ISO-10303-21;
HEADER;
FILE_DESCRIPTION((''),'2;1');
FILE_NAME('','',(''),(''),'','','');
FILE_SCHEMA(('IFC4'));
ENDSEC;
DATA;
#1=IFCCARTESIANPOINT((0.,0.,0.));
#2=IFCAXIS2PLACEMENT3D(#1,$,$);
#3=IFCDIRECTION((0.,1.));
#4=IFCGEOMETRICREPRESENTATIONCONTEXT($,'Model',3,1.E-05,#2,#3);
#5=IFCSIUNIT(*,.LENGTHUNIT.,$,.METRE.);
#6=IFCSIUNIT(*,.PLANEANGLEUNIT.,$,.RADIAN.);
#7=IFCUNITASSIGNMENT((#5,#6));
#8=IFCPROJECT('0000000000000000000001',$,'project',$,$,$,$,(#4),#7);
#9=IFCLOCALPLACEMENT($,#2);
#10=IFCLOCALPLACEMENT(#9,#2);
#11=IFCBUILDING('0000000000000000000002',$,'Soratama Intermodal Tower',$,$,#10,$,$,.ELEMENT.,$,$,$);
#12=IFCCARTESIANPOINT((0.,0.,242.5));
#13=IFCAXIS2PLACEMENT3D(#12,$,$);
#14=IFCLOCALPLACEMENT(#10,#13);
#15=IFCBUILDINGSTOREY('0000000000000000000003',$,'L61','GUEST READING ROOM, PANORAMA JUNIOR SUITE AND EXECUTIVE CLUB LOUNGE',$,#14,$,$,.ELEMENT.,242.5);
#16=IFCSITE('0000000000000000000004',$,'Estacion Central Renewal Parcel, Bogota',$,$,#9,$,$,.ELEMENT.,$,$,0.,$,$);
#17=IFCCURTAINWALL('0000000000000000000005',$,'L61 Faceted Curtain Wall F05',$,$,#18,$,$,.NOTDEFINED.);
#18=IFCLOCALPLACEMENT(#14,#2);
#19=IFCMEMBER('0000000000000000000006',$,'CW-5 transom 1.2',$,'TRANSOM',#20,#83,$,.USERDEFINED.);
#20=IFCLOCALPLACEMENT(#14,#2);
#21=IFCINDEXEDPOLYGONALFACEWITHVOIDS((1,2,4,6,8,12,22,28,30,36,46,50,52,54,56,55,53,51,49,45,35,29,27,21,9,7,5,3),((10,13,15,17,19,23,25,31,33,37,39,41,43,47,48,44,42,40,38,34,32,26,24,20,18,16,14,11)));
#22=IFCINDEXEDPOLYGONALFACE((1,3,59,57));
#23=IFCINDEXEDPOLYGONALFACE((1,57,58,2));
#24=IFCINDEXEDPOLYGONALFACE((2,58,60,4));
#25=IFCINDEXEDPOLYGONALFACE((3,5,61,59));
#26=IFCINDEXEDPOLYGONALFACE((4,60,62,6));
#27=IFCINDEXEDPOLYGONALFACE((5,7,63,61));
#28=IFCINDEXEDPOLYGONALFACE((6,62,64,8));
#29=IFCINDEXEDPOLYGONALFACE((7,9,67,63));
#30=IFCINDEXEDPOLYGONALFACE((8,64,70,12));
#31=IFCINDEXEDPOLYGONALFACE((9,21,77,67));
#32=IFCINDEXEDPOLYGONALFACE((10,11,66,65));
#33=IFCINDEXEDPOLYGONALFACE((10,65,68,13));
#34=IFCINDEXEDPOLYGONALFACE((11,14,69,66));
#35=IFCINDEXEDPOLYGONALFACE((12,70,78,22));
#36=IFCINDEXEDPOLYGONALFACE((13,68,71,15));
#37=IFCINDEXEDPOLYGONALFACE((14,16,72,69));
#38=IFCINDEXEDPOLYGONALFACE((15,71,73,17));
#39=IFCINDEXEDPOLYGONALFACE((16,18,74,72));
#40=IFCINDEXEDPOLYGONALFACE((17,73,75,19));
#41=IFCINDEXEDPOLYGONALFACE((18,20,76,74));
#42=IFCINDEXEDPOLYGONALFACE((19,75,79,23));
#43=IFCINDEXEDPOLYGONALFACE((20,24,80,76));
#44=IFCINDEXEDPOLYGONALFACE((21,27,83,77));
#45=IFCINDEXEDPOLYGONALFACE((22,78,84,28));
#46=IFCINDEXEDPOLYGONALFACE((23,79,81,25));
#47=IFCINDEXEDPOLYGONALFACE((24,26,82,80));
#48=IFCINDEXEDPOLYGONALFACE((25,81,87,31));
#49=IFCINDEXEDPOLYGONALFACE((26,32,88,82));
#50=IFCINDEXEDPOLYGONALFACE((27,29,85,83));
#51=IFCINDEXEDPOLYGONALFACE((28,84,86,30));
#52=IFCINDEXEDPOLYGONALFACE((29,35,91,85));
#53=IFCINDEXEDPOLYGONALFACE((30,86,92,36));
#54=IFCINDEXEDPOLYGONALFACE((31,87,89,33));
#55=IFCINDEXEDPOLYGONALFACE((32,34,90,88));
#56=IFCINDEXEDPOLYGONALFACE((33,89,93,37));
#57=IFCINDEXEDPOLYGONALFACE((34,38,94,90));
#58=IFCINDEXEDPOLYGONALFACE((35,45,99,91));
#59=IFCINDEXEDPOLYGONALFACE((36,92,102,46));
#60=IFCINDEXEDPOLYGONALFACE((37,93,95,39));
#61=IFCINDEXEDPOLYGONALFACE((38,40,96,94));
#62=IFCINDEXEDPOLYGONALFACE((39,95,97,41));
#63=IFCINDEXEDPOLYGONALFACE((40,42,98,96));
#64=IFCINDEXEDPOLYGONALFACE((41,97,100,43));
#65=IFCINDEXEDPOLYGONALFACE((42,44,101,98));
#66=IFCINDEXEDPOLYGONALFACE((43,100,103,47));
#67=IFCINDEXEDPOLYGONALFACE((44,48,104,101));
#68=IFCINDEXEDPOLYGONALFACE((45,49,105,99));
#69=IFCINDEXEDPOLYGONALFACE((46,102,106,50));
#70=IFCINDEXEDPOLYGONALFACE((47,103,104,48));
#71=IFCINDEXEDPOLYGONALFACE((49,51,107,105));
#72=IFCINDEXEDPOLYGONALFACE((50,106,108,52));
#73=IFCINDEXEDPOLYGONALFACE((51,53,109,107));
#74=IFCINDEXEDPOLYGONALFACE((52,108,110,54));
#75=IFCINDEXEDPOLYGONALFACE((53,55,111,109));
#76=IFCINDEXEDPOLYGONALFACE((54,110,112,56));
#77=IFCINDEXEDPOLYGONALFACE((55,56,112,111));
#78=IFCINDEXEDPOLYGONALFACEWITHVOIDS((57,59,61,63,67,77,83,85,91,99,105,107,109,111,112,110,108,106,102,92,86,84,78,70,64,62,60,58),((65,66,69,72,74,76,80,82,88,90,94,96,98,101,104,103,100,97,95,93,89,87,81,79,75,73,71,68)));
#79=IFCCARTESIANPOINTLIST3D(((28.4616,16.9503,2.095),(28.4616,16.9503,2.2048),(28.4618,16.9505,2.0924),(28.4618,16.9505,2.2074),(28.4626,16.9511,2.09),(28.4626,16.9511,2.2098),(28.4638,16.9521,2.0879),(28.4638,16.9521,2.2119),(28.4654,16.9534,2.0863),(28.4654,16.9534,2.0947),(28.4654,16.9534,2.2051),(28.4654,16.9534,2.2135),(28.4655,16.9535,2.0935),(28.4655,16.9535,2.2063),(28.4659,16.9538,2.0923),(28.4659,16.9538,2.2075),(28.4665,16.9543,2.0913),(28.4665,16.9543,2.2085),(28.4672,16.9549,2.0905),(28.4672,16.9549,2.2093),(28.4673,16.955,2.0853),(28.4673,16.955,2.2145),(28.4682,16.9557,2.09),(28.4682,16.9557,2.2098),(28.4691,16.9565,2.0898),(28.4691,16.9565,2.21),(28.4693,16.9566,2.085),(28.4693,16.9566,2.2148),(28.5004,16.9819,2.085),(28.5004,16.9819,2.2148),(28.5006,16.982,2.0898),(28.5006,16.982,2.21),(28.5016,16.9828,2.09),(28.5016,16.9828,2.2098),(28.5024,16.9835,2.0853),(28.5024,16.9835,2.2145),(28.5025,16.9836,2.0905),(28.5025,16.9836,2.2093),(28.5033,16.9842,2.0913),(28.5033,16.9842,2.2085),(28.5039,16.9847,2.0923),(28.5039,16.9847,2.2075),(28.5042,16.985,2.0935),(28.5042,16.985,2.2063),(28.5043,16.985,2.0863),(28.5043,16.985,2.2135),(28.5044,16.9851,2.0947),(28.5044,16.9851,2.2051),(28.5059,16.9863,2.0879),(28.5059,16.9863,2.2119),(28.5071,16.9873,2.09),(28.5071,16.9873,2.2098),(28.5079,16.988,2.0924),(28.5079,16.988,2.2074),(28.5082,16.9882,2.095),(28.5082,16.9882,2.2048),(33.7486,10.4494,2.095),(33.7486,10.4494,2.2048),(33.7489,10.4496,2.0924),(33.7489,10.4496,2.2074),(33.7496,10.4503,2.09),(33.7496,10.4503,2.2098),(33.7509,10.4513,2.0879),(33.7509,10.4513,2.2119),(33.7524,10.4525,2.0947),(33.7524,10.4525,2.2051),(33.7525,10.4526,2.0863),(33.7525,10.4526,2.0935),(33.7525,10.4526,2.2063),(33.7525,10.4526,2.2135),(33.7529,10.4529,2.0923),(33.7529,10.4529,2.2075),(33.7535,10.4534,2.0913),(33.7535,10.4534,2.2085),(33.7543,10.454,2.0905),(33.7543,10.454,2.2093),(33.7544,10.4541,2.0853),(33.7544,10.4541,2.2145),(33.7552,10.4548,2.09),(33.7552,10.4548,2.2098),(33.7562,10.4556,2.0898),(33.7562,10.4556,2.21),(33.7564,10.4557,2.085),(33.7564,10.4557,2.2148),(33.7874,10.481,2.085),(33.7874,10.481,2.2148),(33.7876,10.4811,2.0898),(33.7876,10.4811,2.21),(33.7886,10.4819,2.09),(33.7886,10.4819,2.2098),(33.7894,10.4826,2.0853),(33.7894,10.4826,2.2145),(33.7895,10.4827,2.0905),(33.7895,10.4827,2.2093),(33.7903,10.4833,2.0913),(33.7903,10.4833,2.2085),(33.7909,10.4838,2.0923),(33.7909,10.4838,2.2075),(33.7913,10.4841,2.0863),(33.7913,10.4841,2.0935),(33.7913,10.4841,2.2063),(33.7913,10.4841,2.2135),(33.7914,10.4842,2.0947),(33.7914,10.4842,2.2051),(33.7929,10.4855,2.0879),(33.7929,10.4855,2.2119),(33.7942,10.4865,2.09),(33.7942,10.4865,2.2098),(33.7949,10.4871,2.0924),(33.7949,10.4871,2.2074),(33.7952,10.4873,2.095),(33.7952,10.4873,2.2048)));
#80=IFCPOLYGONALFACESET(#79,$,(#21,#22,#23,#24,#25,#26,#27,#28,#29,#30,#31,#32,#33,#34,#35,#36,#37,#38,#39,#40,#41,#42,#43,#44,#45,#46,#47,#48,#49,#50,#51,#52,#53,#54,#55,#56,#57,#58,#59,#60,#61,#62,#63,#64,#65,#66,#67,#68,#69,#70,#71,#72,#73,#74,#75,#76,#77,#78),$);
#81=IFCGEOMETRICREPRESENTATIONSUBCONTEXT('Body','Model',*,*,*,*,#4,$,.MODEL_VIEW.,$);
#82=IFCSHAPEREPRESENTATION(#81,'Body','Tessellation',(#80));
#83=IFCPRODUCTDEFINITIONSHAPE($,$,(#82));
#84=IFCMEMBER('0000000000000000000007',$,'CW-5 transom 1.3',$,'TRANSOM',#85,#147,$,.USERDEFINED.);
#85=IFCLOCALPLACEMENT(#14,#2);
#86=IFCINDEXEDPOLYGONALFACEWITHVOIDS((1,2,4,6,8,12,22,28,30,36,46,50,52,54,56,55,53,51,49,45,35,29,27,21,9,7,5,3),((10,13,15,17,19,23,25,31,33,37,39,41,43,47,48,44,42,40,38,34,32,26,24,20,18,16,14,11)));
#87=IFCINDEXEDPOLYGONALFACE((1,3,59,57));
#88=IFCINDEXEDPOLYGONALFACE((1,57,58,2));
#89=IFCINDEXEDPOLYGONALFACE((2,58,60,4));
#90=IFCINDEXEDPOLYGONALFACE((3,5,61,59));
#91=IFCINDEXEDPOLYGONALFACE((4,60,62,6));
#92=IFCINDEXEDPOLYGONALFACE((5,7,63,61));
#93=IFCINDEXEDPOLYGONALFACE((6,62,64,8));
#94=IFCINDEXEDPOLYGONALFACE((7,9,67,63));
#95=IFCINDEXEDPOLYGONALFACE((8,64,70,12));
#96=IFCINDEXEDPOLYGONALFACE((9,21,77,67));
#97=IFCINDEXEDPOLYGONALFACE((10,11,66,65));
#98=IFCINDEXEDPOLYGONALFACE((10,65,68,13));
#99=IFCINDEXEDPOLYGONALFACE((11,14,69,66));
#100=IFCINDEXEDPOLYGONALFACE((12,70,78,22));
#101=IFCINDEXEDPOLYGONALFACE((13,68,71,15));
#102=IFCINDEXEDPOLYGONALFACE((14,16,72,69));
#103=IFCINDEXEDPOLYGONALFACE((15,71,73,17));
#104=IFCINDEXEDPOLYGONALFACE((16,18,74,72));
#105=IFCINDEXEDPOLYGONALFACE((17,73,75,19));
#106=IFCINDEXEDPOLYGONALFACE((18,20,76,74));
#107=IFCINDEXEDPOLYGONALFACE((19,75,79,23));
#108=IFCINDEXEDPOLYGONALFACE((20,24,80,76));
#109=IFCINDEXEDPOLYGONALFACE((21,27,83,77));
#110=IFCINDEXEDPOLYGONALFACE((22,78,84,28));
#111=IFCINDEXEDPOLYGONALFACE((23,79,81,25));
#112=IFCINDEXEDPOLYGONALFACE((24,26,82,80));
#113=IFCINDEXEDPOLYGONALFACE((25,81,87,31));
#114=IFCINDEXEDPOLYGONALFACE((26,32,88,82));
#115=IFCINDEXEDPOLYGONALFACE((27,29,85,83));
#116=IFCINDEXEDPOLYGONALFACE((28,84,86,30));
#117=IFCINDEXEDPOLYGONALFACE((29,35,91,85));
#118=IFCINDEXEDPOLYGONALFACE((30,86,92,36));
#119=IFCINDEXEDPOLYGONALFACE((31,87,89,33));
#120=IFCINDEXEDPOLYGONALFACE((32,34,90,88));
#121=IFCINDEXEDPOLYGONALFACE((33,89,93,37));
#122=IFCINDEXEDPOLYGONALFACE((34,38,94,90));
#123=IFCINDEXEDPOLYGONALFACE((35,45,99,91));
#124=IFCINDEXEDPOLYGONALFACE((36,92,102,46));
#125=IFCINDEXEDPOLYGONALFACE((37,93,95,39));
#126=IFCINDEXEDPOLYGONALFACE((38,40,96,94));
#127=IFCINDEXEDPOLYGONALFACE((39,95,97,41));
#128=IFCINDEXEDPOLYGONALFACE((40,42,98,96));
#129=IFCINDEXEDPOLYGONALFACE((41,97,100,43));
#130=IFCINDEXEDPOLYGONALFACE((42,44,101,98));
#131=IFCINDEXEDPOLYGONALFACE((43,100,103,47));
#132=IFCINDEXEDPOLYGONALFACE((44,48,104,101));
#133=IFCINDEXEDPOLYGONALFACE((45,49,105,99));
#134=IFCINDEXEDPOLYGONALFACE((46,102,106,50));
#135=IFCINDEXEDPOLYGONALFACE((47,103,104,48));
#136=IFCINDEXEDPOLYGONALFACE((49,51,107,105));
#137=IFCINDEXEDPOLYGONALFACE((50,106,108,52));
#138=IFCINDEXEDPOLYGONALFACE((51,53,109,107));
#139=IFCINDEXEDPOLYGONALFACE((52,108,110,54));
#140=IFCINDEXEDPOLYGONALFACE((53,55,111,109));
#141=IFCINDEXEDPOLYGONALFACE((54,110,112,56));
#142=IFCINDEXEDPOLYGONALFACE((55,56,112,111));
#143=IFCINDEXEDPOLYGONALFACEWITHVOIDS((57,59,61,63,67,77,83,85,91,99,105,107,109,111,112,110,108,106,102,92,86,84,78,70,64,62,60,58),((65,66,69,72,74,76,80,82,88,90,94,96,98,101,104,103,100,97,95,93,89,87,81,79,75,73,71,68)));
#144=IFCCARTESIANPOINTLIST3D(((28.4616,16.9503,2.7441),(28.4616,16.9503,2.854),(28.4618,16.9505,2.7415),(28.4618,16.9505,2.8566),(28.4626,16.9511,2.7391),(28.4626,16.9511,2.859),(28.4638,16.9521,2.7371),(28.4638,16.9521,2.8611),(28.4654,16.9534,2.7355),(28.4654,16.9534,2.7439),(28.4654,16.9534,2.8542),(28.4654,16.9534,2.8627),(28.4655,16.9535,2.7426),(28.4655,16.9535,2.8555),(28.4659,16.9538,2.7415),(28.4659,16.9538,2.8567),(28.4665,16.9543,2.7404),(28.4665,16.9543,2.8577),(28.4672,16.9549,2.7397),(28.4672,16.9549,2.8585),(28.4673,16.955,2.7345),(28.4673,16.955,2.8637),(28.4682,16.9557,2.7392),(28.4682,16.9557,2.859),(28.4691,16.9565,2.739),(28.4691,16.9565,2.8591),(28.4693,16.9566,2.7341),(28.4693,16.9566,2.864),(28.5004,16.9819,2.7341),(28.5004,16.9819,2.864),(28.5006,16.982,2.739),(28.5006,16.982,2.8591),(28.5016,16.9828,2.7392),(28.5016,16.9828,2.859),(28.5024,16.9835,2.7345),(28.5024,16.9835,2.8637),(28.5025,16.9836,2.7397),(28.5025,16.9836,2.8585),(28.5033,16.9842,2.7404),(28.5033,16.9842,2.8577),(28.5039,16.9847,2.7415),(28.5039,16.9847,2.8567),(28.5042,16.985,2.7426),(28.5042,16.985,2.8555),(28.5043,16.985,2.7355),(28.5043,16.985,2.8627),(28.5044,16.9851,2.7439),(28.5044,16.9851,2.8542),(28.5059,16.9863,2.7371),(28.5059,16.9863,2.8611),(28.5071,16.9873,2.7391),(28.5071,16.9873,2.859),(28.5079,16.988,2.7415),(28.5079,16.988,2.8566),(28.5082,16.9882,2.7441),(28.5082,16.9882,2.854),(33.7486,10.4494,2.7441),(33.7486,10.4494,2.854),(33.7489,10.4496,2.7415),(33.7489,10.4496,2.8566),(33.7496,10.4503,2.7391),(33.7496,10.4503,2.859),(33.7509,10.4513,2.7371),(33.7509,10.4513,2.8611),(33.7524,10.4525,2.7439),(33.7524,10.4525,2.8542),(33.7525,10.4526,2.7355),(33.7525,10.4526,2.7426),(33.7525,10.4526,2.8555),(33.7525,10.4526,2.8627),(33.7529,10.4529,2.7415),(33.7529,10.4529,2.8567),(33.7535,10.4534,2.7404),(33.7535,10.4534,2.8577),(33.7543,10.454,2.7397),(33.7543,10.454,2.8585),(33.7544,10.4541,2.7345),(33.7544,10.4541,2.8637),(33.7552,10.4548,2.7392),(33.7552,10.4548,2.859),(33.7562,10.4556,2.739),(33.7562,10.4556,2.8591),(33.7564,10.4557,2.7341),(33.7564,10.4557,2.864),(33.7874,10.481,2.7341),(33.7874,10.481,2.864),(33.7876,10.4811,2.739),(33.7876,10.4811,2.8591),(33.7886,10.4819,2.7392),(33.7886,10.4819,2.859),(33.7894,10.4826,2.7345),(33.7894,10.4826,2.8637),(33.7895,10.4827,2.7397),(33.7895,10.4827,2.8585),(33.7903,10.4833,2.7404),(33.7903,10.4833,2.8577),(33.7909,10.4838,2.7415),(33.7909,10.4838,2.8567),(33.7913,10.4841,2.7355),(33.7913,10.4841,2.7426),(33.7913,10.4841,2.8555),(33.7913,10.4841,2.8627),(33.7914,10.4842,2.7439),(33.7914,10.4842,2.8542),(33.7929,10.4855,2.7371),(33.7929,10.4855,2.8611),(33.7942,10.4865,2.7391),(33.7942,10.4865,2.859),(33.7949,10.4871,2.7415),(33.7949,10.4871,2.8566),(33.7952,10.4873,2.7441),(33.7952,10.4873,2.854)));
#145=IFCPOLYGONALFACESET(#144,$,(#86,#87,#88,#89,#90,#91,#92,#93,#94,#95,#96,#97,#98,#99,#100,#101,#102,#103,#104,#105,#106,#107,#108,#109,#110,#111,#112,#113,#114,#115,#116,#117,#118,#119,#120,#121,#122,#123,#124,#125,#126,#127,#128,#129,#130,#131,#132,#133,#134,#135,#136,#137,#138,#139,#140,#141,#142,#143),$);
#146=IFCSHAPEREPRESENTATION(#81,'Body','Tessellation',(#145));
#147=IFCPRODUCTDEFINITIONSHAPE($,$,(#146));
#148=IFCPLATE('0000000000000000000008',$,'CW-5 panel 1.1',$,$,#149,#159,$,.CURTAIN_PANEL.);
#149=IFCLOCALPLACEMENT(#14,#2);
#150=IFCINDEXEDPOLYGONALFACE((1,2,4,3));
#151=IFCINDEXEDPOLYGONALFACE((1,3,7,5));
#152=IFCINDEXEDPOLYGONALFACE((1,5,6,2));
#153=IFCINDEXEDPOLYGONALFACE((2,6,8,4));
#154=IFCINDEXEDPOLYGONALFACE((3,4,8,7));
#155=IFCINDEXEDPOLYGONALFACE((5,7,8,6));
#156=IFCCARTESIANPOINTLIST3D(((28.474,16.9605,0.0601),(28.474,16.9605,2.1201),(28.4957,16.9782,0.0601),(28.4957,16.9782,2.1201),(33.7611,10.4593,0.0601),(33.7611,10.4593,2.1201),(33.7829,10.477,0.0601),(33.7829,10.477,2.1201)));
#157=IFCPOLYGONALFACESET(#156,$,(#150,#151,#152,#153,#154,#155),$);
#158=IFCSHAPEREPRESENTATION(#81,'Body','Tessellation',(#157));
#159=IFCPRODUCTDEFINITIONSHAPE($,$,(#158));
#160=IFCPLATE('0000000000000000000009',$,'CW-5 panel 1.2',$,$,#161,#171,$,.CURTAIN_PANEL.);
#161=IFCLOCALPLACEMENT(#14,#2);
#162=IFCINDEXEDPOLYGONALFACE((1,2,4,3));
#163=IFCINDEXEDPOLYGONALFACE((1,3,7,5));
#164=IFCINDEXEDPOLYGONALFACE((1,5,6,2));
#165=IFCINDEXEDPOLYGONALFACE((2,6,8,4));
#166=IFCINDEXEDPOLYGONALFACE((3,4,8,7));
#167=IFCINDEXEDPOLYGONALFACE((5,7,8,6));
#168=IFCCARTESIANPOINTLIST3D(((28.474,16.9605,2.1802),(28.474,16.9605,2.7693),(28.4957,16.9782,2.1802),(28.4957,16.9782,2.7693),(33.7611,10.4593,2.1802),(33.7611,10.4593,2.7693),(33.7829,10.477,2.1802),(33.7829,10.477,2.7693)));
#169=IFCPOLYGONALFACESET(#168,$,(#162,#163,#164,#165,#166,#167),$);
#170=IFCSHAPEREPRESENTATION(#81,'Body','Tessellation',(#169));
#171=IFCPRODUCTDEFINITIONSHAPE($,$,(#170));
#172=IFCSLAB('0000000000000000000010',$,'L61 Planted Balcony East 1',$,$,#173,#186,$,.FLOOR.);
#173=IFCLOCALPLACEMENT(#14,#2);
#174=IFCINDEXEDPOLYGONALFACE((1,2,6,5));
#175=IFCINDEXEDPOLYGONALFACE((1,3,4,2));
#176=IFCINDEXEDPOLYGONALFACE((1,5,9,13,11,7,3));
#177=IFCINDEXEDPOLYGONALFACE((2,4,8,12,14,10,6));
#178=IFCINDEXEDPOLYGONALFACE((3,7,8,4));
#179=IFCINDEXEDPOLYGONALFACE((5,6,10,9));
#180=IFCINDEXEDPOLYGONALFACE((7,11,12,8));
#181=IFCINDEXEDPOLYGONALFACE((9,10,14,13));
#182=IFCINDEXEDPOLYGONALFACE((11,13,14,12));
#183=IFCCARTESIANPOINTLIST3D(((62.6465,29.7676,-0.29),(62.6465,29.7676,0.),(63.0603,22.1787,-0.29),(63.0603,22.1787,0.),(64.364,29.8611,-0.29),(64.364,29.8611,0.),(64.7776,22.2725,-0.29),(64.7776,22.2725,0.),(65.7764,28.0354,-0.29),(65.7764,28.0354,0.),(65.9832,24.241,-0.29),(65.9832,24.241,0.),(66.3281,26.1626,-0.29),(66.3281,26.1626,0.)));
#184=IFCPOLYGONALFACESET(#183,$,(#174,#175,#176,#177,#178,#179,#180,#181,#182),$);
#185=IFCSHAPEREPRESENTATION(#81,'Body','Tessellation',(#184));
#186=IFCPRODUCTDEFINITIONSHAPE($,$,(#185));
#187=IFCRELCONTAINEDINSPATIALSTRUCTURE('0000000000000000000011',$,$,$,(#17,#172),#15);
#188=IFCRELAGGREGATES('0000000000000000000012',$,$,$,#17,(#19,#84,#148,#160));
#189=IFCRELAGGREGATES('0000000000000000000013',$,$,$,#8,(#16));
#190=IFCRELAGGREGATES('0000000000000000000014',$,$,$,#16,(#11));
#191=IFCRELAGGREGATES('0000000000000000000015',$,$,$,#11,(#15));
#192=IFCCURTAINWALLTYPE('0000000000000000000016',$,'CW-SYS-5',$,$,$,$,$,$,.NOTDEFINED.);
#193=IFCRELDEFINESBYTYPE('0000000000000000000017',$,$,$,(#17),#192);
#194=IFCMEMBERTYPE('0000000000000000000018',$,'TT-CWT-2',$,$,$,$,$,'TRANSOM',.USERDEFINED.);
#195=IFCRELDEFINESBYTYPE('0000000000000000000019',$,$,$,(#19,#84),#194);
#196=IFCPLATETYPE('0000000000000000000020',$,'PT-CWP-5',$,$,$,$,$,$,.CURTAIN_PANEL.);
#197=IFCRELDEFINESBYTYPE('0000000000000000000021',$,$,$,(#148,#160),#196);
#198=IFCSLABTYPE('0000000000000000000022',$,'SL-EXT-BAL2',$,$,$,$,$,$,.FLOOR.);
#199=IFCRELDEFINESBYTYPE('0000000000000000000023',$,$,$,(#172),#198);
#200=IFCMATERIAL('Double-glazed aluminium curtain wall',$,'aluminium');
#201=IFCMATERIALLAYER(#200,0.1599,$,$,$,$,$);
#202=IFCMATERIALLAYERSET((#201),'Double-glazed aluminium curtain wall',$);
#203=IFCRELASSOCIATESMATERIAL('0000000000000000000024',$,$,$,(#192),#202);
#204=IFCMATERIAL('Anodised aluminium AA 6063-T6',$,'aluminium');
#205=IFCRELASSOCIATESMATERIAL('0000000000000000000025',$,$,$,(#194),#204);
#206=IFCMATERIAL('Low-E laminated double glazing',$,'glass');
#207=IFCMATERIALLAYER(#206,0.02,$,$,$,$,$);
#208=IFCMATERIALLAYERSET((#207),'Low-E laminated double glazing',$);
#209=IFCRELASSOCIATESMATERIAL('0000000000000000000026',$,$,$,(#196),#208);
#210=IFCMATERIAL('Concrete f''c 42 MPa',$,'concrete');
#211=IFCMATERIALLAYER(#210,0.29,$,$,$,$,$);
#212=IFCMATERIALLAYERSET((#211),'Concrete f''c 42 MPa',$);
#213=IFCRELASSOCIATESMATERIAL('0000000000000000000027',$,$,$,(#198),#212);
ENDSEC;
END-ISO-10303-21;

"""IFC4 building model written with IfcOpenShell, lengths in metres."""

from ifc_helpers import new_model, si_unit, direction, frame, origin, origin_2d, place, context, subcontext, project, spatial, polyline, rectangle, hollow_rectangle, outline, extrude, material, layer, layer_set, material_profile, profile_set, type_object, element, aggregate, save


model = new_model("IFC4")

# Units and contexts
model_context = context("Model", 3, precision=1e-05, world=origin(), true_north=direction((0.0, 1.0)))
body_context = subcontext(model_context, "Body", "Model", "MODEL_VIEW")
ifc_project = project(units=[si_unit("LENGTHUNIT", "METRE"), si_unit("PLANEANGLEUNIT", "RADIAN")], contexts=[model_context])

# Site, building, storey
site_placement = place(None, origin())
site = spatial("IfcSite", under=ifc_project, at=site_placement, Name="Estacion Central Renewal Parcel, Bogota", CompositionType="ELEMENT", RefElevation=0.0)
building_placement = place(site_placement, origin())
building = spatial("IfcBuilding", under=site, at=building_placement, Name="Soratama Intermodal Tower", CompositionType="ELEMENT")
storey_placement = place(building_placement, frame((0.0, 0.0, 242.5)))
storey = spatial("IfcBuildingStorey", under=building, at=storey_placement, Name="L61", Description="GUEST READING ROOM, PANORAMA JUNIOR SUITE AND EXECUTIVE CLUB LOUNGE", CompositionType="ELEMENT", Elevation=242.5)

# Curtain wall, members, plates
ifc_material_1 = material(Name="Double-glazed aluminium curtain wall", Category="aluminium")
ifc_layer_1 = layer(ifc_material_1, 0.1599)
ifc_layer_set_1 = layer_set([ifc_layer_1], Name="Double-glazed aluminium curtain wall")
curtain_wall_type = type_object("IfcCurtainWallType", Name="CW-SYS-5", PredefinedType="NOTDEFINED", material=ifc_layer_set_1)
curtain_wall_placement = place(storey_placement, origin())
curtain_wall = element("IfcCurtainWall", 1, at=curtain_wall_placement, inside=storey, type_object=curtain_wall_type, Name="L61 Faceted Curtain Wall F05", PredefinedType="NOTDEFINED")
ifc_material_2 = material(Name="Anodised aluminium AA 6063-T6", Category="aluminium")
ifc_material_profile_1 = material_profile(ifc_material_2, hollow_rectangle(XDim=0.0601, YDim=0.1299, WallThickness=0.0049, InnerFilletRadius=0.0049, OuterFilletRadius=0.01, at=origin_2d()), Name="CWT130X60X5")
ifc_profile_set_1 = profile_set([ifc_material_profile_1], Name="Anodised aluminium AA 6063-T6")
member_type_1 = type_object("IfcMemberType", Name="TT-CWT-2", ElementType="TRANSOM", PredefinedType="USERDEFINED", material=ifc_profile_set_1)
member_1_placement = place(storey_placement, frame((28.4849, 16.9692, 2.1499), z_axis=(0.630957, -0.775818, 0.0), x_axis=(0.775818, 0.630957, 0.0)))
member_1 = element("IfcMember", 2, at=member_1_placement, type_object=member_type_1, Name="CW-5 transom 1.2", ObjectType="TRANSOM", PredefinedType="USERDEFINED", context=body_context, shape_type="SweptSolid", body=[
    extrude(hollow_rectangle(XDim=0.0601, YDim=0.1299, WallThickness=0.0049, InnerFilletRadius=0.0049, OuterFilletRadius=0.01, at=origin_2d()), origin(), (0.0, 0.0, 1.0), 8.3794),
])
member_2_placement = place(storey_placement, frame((28.4849, 16.9692, 2.7991), z_axis=(0.630957, -0.775818, 0.0), x_axis=(0.775818, 0.630957, 0.0)))
member_2 = element("IfcMember", 3, at=member_2_placement, type_object=member_type_1, Name="CW-5 transom 1.3", ObjectType="TRANSOM", PredefinedType="USERDEFINED", context=body_context, shape_type="SweptSolid", body=[
    extrude(hollow_rectangle(XDim=0.0601, YDim=0.1299, WallThickness=0.0049, InnerFilletRadius=0.0049, OuterFilletRadius=0.01, at=origin_2d()), origin(), (0.0, 0.0, 1.0), 8.3794),
])
ifc_material_3 = material(Name="Low-E laminated double glazing", Category="glass")
ifc_layer_2 = layer(ifc_material_3, 0.02)
ifc_layer_set_2 = layer_set([ifc_layer_2], Name="Low-E laminated double glazing")
plate_type = type_object("IfcPlateType", Name="PT-CWP-5", PredefinedType="CURTAIN_PANEL", material=ifc_layer_set_2)
plate_1_placement = place(storey_placement, frame((31.1284, 13.7188, 0.0601), z_axis=(0.0, 0.0, 1.0), x_axis=(0.630949, -0.775824, 0.0)))
plate_1 = element("IfcPlate", 4, at=plate_1_placement, type_object=plate_type, Name="CW-5 panel 1.1", PredefinedType="CURTAIN_PANEL", context=body_context, shape_type="SweptSolid", body=[
    extrude(rectangle(XDim=8.3796, YDim=0.0281, at=origin_2d()), origin(), (0.0, 0.0, 1.0), 2.0601),
])
plate_2_placement = place(storey_placement, frame((31.1284, 13.7188, 2.1802), z_axis=(0.0, 0.0, 1.0), x_axis=(0.630949, -0.775824, 0.0)))
plate_2 = element("IfcPlate", 5, at=plate_2_placement, type_object=plate_type, Name="CW-5 panel 1.2", PredefinedType="CURTAIN_PANEL", context=body_context, shape_type="SweptSolid", body=[
    extrude(rectangle(XDim=8.3796, YDim=0.0281, at=origin_2d()), origin(), (0.0, 0.0, 1.0), 0.5891),
])
aggregate(curtain_wall, [member_1, member_2, plate_1, plate_2])

# Slab
ifc_material_4 = material(Name="Concrete f'c 42 MPa", Category="concrete")
ifc_layer_3 = layer(ifc_material_4, 0.29)
ifc_layer_set_3 = layer_set([ifc_layer_3], Name="Concrete f'c 42 MPa")
slab_type_1 = type_object("IfcSlabType", Name="SL-EXT-BAL2", PredefinedType="FLOOR", material=ifc_layer_set_3)
slab_1_placement = place(storey_placement, frame((0.0, 0.0, -0.29)))
element("IfcSlab", 6, at=slab_1_placement, inside=storey, type_object=slab_type_1, Name="L61 Planted Balcony East 1", PredefinedType="FLOOR", context=body_context, shape_type="SweptSolid", body=[
    extrude(outline(polyline([(63.0603, 22.1787), (62.6465, 29.7676), (64.364, 29.8611), (65.7764, 28.0354), (66.3281, 26.1626), (65.9832, 24.241), (64.7776, 22.2725), (63.0603, 22.1787)])), origin(), (0.0, 0.0, 1.0), 0.29),
])

save(model, "model.ifc")
